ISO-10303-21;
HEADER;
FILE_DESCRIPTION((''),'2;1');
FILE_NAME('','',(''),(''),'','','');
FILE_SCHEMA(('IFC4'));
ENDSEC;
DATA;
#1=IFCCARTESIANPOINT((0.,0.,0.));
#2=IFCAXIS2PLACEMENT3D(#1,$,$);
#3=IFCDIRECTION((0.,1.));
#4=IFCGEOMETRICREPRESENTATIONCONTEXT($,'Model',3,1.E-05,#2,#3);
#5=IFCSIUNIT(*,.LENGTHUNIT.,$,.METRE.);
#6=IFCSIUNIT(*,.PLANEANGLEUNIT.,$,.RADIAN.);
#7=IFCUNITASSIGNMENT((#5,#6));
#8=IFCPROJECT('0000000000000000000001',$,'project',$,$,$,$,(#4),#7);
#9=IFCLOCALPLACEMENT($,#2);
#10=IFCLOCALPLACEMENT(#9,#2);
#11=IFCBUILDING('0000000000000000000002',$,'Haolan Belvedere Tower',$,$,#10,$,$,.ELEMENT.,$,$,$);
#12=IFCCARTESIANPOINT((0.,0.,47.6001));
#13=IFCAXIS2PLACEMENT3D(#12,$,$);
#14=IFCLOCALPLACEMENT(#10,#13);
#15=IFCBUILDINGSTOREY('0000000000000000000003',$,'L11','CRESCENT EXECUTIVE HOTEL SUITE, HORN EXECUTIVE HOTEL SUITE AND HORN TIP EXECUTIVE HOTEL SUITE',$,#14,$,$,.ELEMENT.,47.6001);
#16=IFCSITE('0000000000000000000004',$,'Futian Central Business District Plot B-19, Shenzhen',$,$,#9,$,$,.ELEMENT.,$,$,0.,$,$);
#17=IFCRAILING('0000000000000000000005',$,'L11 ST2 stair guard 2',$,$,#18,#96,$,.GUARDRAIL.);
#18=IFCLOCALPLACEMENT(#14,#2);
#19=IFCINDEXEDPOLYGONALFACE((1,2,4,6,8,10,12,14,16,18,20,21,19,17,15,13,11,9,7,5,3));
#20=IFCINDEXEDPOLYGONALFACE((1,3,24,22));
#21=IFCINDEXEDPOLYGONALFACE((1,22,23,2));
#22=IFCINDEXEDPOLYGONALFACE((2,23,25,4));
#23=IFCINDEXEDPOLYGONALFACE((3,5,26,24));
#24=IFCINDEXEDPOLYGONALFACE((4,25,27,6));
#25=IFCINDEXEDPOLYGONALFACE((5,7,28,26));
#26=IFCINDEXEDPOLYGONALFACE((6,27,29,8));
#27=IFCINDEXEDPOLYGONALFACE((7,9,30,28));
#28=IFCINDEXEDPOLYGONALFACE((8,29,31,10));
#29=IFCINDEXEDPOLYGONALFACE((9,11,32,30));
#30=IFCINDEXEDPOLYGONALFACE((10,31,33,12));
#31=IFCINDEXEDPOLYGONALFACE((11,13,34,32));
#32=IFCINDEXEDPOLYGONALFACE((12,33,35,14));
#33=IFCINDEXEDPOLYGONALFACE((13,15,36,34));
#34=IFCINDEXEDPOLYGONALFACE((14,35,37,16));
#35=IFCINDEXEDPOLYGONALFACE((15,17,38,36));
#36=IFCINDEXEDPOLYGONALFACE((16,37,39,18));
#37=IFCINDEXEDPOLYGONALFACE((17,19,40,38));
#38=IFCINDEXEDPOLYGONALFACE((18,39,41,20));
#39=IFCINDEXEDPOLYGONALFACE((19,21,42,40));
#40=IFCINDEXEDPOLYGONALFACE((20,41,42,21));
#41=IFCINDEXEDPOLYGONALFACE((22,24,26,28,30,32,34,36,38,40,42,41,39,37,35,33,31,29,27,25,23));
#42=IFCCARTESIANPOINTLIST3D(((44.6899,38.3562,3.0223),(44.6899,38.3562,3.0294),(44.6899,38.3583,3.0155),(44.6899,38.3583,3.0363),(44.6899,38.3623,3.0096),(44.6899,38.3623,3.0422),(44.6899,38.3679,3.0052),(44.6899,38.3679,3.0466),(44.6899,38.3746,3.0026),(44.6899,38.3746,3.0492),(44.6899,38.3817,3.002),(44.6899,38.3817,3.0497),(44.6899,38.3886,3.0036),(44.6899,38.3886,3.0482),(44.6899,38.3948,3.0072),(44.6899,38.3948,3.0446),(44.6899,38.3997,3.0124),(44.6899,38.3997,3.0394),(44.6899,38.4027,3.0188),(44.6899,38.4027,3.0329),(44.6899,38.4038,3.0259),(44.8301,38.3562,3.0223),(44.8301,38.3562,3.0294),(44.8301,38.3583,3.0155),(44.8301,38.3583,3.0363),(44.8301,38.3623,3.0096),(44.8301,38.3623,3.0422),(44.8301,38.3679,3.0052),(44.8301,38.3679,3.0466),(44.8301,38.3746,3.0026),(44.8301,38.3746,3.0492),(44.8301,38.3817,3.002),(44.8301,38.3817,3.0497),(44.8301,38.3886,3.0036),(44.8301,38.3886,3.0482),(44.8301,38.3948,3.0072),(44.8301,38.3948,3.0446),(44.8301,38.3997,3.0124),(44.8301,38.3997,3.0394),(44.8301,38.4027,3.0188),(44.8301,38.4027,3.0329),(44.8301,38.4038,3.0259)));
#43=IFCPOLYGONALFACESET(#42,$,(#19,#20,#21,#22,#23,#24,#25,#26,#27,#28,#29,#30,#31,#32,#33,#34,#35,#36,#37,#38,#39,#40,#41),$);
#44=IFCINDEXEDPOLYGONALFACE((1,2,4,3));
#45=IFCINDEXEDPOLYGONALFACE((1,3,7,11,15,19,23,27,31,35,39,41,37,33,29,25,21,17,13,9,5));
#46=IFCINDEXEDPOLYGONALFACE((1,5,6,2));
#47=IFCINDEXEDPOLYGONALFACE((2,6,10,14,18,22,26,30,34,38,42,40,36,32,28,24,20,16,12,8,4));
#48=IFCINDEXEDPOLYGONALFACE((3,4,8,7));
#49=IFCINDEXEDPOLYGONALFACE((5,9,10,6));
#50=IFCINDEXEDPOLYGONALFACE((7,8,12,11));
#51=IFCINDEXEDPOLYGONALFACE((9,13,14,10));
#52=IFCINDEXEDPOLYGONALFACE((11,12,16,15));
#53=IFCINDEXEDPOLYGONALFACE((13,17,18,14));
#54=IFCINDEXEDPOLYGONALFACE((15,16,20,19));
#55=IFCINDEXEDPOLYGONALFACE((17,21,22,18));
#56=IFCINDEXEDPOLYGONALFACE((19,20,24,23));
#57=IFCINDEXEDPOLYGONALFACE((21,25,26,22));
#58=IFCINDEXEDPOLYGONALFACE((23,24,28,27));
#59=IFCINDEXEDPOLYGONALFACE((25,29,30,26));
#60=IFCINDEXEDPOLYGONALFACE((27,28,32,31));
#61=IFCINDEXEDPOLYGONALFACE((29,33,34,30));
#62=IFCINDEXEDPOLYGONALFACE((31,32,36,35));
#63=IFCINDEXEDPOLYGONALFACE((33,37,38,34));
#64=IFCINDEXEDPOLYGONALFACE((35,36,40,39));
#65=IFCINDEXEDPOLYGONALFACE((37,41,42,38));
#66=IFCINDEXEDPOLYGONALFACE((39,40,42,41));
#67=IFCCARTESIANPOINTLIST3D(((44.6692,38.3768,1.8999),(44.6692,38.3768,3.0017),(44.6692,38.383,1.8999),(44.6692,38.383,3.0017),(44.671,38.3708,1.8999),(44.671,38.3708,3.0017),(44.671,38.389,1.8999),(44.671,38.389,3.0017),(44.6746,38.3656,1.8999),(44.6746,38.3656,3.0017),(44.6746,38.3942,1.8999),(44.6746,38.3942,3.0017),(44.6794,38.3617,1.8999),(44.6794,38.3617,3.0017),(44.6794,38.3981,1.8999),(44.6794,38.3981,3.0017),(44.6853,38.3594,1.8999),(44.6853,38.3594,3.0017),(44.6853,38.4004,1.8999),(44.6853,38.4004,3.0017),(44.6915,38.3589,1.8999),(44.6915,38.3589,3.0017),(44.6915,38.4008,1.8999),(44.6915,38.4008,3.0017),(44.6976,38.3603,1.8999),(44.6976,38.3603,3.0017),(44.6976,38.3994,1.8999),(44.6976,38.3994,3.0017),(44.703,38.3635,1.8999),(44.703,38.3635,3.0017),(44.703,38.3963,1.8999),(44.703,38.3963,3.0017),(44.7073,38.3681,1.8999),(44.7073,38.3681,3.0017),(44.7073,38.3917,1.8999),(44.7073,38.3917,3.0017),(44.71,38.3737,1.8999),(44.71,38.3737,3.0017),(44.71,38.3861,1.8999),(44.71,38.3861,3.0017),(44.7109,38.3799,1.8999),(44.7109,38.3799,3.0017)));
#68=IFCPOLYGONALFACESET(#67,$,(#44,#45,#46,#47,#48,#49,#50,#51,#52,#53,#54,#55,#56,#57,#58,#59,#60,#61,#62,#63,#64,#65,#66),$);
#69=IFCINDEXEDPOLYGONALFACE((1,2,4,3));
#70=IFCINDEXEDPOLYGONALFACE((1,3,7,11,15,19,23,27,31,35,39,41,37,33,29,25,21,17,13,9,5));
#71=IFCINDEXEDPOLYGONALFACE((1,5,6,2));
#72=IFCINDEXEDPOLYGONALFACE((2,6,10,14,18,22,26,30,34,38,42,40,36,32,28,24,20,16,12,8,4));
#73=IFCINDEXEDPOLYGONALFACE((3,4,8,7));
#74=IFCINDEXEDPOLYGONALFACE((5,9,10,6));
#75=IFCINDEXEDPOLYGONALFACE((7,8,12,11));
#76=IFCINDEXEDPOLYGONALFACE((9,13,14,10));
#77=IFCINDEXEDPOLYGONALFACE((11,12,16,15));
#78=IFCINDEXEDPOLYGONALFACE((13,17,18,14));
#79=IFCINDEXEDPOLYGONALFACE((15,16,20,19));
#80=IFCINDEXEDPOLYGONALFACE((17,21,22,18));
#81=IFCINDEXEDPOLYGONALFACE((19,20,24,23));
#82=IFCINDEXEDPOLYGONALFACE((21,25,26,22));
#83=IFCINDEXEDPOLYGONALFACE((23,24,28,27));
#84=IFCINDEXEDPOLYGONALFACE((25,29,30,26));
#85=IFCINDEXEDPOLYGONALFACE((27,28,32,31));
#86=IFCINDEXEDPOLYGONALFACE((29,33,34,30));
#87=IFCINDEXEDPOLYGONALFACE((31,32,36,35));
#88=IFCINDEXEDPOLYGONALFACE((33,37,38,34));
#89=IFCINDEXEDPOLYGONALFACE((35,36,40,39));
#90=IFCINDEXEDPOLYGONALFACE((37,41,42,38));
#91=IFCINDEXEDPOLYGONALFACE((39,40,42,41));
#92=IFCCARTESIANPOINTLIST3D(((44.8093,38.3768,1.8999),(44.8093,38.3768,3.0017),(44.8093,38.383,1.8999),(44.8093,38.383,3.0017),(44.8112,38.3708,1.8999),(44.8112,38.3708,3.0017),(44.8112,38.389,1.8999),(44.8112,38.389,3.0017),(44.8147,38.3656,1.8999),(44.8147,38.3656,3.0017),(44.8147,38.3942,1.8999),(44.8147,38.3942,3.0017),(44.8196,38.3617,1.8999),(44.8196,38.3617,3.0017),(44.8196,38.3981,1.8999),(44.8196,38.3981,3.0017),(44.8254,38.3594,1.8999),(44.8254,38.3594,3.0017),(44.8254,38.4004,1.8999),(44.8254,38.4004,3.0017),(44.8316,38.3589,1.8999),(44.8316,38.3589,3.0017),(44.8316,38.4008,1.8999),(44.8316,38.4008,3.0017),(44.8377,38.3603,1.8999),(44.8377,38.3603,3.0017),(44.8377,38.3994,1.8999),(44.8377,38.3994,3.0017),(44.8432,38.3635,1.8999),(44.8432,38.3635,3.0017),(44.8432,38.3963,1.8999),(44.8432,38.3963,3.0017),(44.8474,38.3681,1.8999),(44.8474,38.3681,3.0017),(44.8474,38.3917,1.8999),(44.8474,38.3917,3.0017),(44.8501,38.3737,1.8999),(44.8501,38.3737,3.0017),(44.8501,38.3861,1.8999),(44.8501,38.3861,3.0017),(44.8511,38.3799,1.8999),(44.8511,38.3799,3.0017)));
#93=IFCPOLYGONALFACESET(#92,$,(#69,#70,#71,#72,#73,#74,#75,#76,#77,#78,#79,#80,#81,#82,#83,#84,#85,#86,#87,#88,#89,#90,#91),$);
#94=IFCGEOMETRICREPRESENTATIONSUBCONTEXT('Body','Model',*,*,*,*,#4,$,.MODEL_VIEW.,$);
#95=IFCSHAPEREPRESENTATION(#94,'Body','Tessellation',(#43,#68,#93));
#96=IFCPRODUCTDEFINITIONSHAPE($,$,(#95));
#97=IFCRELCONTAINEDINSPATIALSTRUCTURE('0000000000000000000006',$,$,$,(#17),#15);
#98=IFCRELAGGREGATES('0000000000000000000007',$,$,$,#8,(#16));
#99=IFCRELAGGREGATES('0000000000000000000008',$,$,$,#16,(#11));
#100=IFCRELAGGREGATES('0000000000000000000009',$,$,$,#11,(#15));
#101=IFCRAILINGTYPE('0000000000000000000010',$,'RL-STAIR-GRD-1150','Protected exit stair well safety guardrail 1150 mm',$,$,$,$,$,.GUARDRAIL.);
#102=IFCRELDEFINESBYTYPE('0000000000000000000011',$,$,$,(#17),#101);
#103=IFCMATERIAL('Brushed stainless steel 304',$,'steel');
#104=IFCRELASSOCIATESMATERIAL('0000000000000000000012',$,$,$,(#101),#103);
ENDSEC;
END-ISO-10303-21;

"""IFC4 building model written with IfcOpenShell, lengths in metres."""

from ifc_helpers import new_model, si_unit, direction, frame, origin, origin_2d, place, context, subcontext, project, spatial, circle, extrude, material, type_object, element, save


model = new_model("IFC4")

# Units and contexts
model_context = context("Model", 3, precision=1e-05, world=origin(), true_north=direction((0.0, 1.0)))
body_context = subcontext(model_context, "Body", "Model", "MODEL_VIEW")
ifc_project = project(units=[si_unit("LENGTHUNIT", "METRE"), si_unit("PLANEANGLEUNIT", "RADIAN")], contexts=[model_context])

# Site, building, storey
site_placement = place(None, origin())
site = spatial("IfcSite", under=ifc_project, at=site_placement, Name="Futian Central Business District Plot B-19, Shenzhen", CompositionType="ELEMENT", RefElevation=0.0)
building_placement = place(site_placement, origin())
building = spatial("IfcBuilding", under=site, at=building_placement, Name="Haolan Belvedere Tower", CompositionType="ELEMENT")
storey_placement = place(building_placement, frame((0.0, 0.0, 47.6001)))
storey = spatial("IfcBuildingStorey", under=building, at=storey_placement, Name="L11", Description="CRESCENT EXECUTIVE HOTEL SUITE, HORN EXECUTIVE HOTEL SUITE AND HORN TIP EXECUTIVE HOTEL SUITE", CompositionType="ELEMENT", Elevation=47.6001)

# Railing
ifc_material_1 = material(Name="Brushed stainless steel 304", Category="steel")
railing_type_1 = type_object("IfcRailingType", Name="RL-STAIR-GRD-1150", Description="Protected exit stair well safety guardrail 1150 mm", PredefinedType="GUARDRAIL", material=ifc_material_1)
railing_1_placement = place(storey_placement, frame((44.6899, 38.3799, 1.8999)))
element("IfcRailing", 1, at=railing_1_placement, inside=storey, type_object=railing_type_1, Name="L11 ST2 stair guard 2", PredefinedType="GUARDRAIL", context=body_context, shape_type="SweptSolid", body=[
    extrude(circle(Radius=0.0239, at=origin_2d()), frame((0.0, 0.0, 1.126), z_axis=(1.0, 0.0, 0.0), x_axis=(0.0, 1.0, 0.0)), (0.0, 0.0, 1.0), 0.1401),
    extrude(circle(Radius=0.021, at=origin_2d()), origin(), (0.0, 0.0, 1.0), 1.1018),
    extrude(circle(Radius=0.021, at=origin_2d()), frame((0.1401, 0.0, 0.0)), (0.0, 0.0, 1.0), 1.1018),
])

save(model, "model.ifc")
